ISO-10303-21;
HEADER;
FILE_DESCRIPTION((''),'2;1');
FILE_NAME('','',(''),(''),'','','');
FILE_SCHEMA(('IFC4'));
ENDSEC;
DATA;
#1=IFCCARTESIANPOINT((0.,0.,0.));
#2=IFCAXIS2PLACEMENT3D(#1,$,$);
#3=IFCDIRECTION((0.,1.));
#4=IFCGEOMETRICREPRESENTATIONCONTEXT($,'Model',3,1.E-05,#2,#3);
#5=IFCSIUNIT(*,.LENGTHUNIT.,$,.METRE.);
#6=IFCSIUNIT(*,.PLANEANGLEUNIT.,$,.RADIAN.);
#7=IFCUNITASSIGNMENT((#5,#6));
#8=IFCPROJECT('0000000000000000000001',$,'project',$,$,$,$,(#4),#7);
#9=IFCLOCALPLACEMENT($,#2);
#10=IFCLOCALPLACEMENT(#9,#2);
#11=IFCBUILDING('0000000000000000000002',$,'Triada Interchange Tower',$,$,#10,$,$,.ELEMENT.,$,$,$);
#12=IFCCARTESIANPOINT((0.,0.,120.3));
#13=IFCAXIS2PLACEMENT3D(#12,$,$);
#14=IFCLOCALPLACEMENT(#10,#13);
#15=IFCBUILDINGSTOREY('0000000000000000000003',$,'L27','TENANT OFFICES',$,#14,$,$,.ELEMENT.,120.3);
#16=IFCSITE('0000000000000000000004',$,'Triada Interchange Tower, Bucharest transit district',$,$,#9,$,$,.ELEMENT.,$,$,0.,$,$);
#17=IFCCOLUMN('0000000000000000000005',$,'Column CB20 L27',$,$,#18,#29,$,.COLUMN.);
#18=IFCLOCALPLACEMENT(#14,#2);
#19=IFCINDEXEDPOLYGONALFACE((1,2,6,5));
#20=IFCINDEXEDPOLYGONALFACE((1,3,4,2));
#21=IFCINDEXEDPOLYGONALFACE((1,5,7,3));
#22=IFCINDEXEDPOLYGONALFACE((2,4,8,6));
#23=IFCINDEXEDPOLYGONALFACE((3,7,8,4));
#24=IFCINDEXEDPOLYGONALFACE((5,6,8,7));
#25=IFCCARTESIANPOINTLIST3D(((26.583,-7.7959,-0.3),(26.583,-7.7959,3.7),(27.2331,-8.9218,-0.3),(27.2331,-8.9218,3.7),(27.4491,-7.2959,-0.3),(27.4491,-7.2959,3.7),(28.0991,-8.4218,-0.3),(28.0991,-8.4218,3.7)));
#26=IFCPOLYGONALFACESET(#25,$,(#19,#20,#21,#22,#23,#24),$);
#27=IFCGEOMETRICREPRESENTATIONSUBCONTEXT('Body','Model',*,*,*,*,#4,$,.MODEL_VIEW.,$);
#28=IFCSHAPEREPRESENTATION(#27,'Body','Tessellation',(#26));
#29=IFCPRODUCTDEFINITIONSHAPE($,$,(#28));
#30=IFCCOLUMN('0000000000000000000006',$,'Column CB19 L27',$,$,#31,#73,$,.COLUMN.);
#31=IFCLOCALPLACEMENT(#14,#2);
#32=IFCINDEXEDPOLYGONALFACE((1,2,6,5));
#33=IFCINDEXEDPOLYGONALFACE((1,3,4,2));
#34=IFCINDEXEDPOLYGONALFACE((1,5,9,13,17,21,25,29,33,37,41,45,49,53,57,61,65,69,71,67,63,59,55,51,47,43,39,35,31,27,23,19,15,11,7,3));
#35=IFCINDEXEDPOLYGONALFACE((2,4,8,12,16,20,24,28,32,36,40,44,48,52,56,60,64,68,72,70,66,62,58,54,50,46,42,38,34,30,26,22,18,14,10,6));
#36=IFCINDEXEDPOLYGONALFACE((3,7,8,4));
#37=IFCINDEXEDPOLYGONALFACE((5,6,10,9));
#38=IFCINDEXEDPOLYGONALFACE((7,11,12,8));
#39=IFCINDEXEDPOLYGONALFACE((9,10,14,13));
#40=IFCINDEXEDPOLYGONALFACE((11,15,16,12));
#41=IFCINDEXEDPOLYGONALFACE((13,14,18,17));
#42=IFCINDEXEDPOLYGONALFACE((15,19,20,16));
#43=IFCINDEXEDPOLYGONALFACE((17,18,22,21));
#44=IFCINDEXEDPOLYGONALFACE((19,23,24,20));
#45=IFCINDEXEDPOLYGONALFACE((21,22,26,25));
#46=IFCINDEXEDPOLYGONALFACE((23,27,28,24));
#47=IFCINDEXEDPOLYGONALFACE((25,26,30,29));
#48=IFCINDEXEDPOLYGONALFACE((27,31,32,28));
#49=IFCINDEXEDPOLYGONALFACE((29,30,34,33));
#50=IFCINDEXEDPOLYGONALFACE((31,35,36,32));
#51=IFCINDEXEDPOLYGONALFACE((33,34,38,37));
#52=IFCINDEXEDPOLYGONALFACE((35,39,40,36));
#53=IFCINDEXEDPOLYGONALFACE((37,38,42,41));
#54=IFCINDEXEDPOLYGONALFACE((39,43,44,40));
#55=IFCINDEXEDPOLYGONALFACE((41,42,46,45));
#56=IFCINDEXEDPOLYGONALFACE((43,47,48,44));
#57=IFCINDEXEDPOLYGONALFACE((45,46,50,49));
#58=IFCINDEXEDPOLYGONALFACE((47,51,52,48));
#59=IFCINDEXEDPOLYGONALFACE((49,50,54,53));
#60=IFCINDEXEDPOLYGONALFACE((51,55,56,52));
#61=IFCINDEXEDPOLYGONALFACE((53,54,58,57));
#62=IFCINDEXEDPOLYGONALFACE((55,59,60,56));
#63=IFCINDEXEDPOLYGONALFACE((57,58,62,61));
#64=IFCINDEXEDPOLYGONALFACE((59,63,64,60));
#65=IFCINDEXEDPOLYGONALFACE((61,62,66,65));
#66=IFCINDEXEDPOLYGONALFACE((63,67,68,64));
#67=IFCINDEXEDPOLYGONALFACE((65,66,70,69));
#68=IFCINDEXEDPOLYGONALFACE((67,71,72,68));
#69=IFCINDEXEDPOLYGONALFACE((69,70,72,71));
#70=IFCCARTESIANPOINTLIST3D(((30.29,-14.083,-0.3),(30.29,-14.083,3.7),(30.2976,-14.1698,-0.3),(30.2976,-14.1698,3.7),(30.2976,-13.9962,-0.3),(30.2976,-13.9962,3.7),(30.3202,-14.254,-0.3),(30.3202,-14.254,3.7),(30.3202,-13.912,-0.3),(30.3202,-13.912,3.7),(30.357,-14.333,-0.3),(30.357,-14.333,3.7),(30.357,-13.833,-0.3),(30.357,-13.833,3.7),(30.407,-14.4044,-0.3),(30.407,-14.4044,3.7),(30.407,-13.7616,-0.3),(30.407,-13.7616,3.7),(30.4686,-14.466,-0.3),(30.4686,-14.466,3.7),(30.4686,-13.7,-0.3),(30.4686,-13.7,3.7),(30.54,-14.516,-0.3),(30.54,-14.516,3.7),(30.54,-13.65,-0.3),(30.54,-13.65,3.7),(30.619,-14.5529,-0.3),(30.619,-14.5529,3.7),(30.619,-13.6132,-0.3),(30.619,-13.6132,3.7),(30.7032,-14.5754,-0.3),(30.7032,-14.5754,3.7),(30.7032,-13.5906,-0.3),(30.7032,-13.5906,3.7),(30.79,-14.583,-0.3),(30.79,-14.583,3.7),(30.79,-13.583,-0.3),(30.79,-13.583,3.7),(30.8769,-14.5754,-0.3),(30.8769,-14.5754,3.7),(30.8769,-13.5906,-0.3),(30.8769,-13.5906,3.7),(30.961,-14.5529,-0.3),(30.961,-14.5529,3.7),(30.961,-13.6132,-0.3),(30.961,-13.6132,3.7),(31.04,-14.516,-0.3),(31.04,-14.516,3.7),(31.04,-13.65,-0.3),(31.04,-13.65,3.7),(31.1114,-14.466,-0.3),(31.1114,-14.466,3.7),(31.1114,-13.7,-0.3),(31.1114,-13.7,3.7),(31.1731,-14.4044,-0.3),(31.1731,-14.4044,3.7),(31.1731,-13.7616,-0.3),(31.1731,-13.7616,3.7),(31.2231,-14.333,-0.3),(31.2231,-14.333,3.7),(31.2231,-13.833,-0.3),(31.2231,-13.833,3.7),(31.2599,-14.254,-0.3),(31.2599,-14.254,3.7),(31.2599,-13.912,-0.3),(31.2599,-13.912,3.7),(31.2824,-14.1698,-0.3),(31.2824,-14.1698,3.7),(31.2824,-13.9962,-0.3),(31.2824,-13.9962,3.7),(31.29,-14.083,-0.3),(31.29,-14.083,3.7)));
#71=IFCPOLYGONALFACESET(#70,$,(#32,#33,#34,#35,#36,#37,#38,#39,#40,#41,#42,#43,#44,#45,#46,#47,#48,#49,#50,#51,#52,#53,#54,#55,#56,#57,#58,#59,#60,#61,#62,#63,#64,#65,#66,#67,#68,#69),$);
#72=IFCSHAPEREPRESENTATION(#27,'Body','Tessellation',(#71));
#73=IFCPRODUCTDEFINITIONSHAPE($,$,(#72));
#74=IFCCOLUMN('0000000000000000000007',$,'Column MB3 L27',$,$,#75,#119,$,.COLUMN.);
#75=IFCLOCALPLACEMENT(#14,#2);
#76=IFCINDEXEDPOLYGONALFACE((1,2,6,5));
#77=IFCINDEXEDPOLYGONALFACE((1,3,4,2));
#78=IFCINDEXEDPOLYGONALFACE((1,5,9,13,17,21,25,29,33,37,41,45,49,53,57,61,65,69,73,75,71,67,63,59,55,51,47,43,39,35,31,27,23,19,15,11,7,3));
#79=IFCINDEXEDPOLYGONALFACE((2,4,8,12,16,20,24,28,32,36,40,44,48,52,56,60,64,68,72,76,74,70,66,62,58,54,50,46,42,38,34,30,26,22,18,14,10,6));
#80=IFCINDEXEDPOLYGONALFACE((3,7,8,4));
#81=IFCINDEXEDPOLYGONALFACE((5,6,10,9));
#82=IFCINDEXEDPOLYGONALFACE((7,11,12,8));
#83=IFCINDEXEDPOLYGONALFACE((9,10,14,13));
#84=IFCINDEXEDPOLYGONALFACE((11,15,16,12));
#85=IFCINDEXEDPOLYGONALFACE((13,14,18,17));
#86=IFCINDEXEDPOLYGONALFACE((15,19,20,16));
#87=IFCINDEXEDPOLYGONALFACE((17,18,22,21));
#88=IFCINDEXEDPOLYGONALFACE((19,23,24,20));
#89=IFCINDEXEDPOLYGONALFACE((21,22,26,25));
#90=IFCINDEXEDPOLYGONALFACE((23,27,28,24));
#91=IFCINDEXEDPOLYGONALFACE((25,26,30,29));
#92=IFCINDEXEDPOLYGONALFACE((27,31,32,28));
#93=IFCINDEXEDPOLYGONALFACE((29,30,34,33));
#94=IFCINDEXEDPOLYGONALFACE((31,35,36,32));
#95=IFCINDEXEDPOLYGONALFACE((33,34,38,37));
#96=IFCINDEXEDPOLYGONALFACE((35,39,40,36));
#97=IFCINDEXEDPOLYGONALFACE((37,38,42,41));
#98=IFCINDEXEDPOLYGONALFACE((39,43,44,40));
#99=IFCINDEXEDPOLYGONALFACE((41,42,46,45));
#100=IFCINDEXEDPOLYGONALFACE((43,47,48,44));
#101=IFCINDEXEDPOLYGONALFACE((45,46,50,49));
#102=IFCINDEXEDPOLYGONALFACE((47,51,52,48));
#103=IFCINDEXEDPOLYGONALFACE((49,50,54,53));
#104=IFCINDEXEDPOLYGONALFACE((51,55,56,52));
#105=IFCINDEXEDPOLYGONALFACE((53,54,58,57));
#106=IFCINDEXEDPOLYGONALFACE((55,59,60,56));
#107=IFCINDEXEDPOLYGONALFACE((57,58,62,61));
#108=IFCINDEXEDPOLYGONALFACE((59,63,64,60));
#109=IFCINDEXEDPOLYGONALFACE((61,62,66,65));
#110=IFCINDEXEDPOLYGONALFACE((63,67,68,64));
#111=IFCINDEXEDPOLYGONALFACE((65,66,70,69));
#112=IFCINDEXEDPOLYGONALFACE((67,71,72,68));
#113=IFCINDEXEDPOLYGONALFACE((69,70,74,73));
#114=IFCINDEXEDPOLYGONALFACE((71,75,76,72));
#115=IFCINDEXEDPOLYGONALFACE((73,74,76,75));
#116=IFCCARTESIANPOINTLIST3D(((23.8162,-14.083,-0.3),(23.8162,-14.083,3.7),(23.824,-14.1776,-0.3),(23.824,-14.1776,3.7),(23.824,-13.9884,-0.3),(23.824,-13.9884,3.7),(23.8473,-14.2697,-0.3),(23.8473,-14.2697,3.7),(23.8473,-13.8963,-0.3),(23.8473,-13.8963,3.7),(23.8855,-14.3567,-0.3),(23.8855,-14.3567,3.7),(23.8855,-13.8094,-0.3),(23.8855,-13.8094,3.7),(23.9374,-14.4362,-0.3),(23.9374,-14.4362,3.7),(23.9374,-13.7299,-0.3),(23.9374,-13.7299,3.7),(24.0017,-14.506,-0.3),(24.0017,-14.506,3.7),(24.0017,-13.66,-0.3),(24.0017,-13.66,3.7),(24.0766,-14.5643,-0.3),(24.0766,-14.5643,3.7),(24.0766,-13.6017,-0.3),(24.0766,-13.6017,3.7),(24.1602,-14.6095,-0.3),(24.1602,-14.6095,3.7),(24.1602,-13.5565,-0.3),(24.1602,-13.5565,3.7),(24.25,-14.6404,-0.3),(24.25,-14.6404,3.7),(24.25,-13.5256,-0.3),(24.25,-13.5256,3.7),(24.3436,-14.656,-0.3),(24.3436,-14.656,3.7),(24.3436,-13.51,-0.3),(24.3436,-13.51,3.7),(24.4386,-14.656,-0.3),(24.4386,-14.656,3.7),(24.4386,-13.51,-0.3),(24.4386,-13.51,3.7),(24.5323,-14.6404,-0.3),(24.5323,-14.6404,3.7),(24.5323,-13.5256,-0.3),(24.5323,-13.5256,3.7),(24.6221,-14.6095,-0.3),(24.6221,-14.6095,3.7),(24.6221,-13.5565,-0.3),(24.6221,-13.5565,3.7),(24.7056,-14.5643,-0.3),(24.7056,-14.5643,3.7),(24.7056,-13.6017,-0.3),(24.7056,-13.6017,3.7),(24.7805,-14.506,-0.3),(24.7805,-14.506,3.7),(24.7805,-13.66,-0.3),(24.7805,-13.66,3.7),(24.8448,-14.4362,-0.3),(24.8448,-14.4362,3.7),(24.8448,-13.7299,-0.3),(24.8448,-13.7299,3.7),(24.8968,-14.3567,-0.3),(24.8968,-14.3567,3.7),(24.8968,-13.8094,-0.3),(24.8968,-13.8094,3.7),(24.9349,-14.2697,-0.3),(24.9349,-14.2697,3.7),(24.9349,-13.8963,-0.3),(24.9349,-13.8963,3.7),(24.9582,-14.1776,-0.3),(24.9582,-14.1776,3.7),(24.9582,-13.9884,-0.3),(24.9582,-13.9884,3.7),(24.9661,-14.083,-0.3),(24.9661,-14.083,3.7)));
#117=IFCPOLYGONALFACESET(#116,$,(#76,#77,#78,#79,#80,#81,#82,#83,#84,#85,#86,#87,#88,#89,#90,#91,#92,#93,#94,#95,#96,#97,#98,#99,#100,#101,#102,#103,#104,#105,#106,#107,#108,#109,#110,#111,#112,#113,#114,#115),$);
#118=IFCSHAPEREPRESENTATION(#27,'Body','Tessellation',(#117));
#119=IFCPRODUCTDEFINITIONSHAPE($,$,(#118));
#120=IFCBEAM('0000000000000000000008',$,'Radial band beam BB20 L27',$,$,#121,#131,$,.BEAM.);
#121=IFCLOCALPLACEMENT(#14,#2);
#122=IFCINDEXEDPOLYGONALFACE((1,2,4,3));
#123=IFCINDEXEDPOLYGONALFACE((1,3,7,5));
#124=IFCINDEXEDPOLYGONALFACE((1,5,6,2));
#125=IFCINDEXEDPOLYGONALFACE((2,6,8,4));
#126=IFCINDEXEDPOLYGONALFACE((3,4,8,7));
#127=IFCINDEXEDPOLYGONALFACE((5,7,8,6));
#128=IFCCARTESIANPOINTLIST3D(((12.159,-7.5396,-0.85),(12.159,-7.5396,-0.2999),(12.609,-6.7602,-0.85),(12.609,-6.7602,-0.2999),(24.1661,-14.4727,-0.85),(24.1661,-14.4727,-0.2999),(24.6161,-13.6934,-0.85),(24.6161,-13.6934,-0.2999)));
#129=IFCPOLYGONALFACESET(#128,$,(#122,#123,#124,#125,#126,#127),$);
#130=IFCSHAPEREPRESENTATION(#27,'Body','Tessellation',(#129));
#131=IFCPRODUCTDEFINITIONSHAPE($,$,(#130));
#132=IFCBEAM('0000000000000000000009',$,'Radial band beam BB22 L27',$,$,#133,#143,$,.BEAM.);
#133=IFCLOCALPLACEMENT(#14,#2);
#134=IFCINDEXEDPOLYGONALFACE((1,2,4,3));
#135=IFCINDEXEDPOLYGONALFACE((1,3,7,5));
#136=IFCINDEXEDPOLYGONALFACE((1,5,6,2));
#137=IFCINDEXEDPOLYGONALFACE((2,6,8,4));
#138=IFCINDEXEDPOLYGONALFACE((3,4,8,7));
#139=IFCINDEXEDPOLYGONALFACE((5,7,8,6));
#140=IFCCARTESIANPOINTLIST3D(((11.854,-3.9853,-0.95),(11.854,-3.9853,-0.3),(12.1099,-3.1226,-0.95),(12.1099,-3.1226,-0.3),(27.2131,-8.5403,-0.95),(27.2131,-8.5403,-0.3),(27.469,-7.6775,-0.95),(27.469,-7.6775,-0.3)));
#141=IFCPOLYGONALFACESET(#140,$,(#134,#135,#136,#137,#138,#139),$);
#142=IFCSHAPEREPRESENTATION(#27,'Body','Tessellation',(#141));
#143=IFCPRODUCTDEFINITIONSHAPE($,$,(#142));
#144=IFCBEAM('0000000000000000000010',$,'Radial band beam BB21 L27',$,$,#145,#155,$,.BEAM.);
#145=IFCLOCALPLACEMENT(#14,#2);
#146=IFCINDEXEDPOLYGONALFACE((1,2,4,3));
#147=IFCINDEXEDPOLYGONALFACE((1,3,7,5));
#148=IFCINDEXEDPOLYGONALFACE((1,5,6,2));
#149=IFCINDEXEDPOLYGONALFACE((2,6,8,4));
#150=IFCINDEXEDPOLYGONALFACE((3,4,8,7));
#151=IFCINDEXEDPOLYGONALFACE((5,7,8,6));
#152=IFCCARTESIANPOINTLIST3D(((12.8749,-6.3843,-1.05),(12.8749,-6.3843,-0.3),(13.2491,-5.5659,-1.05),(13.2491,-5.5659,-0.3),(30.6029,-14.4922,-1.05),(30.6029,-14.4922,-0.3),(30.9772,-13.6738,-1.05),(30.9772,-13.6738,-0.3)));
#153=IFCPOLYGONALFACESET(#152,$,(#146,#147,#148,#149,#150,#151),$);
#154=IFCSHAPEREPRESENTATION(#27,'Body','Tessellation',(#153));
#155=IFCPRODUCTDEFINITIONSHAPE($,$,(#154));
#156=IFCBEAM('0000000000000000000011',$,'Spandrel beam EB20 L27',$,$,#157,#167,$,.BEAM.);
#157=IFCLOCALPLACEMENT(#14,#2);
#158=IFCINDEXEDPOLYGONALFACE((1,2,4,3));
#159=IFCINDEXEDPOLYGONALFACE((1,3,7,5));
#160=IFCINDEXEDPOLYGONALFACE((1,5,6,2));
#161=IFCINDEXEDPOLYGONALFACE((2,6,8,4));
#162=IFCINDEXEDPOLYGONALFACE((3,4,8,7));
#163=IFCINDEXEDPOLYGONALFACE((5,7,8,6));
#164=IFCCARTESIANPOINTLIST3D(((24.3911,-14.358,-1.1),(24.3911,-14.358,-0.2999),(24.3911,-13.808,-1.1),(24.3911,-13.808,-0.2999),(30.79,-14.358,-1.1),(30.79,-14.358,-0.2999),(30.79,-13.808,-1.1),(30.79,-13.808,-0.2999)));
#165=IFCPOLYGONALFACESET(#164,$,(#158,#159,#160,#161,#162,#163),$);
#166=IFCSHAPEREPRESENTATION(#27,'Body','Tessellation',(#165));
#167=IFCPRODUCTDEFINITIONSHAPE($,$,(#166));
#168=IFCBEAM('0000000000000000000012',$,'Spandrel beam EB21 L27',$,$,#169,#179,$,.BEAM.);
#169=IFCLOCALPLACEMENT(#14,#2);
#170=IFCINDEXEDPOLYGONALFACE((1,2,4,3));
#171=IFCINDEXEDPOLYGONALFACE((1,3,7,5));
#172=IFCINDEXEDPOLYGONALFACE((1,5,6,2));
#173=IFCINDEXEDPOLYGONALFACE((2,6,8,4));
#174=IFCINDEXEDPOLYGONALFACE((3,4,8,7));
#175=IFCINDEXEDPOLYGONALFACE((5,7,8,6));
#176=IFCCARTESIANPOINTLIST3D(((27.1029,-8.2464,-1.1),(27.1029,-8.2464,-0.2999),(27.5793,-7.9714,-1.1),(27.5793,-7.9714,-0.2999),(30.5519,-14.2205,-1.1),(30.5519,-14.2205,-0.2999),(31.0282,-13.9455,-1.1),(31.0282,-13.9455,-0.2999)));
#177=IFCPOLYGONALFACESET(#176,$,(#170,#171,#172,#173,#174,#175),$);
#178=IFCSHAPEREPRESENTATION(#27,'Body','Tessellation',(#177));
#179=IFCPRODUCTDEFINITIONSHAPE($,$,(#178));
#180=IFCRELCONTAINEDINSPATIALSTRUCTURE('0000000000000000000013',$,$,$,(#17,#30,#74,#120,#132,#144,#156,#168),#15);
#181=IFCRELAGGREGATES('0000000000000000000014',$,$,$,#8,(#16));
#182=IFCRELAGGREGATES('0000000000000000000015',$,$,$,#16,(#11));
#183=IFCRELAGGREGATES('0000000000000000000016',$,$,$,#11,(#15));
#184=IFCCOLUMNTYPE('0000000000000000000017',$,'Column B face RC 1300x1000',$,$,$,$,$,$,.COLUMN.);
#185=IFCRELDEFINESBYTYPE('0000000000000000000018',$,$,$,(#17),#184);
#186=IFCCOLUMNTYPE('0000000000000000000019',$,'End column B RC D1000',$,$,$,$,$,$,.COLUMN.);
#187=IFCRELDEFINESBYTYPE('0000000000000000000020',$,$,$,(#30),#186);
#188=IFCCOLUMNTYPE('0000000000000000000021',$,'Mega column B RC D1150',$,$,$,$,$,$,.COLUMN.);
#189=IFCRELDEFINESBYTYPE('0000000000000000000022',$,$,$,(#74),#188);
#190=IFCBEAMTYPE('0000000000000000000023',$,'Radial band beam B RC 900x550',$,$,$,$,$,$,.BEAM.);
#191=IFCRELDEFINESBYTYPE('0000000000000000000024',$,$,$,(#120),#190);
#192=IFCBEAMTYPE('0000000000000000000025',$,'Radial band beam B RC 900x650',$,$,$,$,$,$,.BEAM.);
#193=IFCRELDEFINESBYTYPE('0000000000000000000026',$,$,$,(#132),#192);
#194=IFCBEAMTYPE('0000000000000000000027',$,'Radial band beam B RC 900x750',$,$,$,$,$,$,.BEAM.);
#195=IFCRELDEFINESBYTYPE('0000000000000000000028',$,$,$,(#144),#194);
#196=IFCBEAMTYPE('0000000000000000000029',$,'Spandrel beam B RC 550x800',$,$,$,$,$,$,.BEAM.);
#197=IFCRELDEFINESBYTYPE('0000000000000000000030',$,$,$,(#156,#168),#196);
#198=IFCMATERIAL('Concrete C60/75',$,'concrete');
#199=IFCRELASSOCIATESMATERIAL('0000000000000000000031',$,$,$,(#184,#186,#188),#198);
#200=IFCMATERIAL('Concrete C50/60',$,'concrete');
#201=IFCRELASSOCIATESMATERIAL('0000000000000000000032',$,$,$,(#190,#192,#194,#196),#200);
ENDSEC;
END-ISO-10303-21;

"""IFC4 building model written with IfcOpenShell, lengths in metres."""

from ifc_helpers import new_model, si_unit, direction, frame, origin, origin_2d, place, context, subcontext, project, spatial, rectangle, circle, extrude, material, material_profile, profile_set, type_object, element, save


model = new_model("IFC4")

# Units and contexts
model_context = context("Model", 3, precision=1e-05, world=origin(), true_north=direction((0.0, 1.0)))
body_context = subcontext(model_context, "Body", "Model", "MODEL_VIEW")
ifc_project = project(units=[si_unit("LENGTHUNIT", "METRE"), si_unit("PLANEANGLEUNIT", "RADIAN")], contexts=[model_context])

# Site, building, storey
site_placement = place(None, origin())
site = spatial("IfcSite", under=ifc_project, at=site_placement, Name="Triada Interchange Tower, Bucharest transit district", CompositionType="ELEMENT", RefElevation=0.0)
building_placement = place(site_placement, origin())
building = spatial("IfcBuilding", under=site, at=building_placement, Name="Triada Interchange Tower", CompositionType="ELEMENT")
storey_placement = place(building_placement, frame((0.0, 0.0, 120.3)))
storey = spatial("IfcBuildingStorey", under=building, at=storey_placement, Name="L27", Description="TENANT OFFICES", CompositionType="ELEMENT", Elevation=120.3)

# Columns
ifc_material_1 = material(Name="Concrete C60/75", Category="concrete")
ifc_material_profile_1 = material_profile(ifc_material_1, rectangle(XDim=1.3, YDim=1.0, at=origin_2d()), Name="RC 1300x1000")
ifc_profile_set_1 = profile_set([ifc_material_profile_1], Name="Concrete C60/75")
column_type_1 = type_object("IfcColumnType", Name="Column B face RC 1300x1000", PredefinedType="COLUMN", material=ifc_profile_set_1)
column_1_placement = place(storey_placement, frame((27.3411, -8.1089, -0.3), z_axis=(0.0, 0.0, 1.0), x_axis=(-0.5, 0.866025, 0.0)))
element("IfcColumn", 1, at=column_1_placement, inside=storey, type_object=column_type_1, Name="Column CB20 L27", PredefinedType="COLUMN", context=body_context, shape_type="SweptSolid", body=[
    extrude(rectangle(XDim=1.3, YDim=1.0, at=origin_2d()), origin(), (0.0, 0.0, 1.0), 4.0),
])
ifc_material_profile_2 = material_profile(ifc_material_1, circle(Radius=0.5, at=origin_2d()), Name="RC D1000")
ifc_profile_set_2 = profile_set([ifc_material_profile_2], Name="Concrete C60/75")
column_type_2 = type_object("IfcColumnType", Name="End column B RC D1000", PredefinedType="COLUMN", material=ifc_profile_set_2)
column_2_placement = place(storey_placement, frame((30.79, -14.083, -0.3), z_axis=(0.0, 0.0, 1.0), x_axis=(-0.5, 0.866025, 0.0)))
element("IfcColumn", 2, at=column_2_placement, inside=storey, type_object=column_type_2, Name="Column CB19 L27", PredefinedType="COLUMN", context=body_context, shape_type="SweptSolid", body=[
    extrude(circle(Radius=0.5, at=origin_2d()), origin(), (0.0, 0.0, 1.0), 4.0),
])
ifc_material_profile_3 = material_profile(ifc_material_1, circle(Radius=0.575, at=origin_2d()), Name="RC D1150")
ifc_profile_set_3 = profile_set([ifc_material_profile_3], Name="Concrete C60/75")
column_type_3 = type_object("IfcColumnType", Name="Mega column B RC D1150", PredefinedType="COLUMN", material=ifc_profile_set_3)
column_3_placement = place(storey_placement, frame((24.3911, -14.083, -0.3), z_axis=(0.0, 0.0, 1.0), x_axis=(1.0, 0.0, 0.0)))
element("IfcColumn", 3, at=column_3_placement, inside=storey, type_object=column_type_3, Name="Column MB3 L27", PredefinedType="COLUMN", context=body_context, shape_type="SweptSolid", body=[
    extrude(circle(Radius=0.575, at=origin_2d()), origin(), (0.0, 0.0, 1.0), 4.0),
])

# Beams
ifc_material_2 = material(Name="Concrete C50/60", Category="concrete")
ifc_material_profile_4 = material_profile(ifc_material_2, rectangle(XDim=0.8999, YDim=0.55, at=origin_2d()), Name="RC 900x550")
ifc_profile_set_4 = profile_set([ifc_material_profile_4], Name="Concrete C50/60")
beam_type_1 = type_object("IfcBeamType", Name="Radial band beam B RC 900x550", PredefinedType="BEAM", material=ifc_profile_set_4)
beam_1_placement = place(storey_placement, frame((24.3911, -14.083, -0.575), z_axis=(-0.866, 0.500044, 0.0), x_axis=(-0.500044, -0.866, 0.0)))
element("IfcBeam", 4, at=beam_1_placement, inside=storey, type_object=beam_type_1, Name="Radial band beam BB20 L27", PredefinedType="BEAM", context=body_context, shape_type="SweptSolid", body=[
    extrude(rectangle(XDim=0.8999, YDim=0.55, at=origin_2d()), origin(), (0.0, 0.0, 1.0), 13.865),
])
ifc_material_profile_5 = material_profile(ifc_material_2, rectangle(XDim=0.8999, YDim=0.6499, at=origin_2d()), Name="RC 900x650")
ifc_profile_set_5 = profile_set([ifc_material_profile_5], Name="Concrete C50/60")
beam_type_2 = type_object("IfcBeamType", Name="Radial band beam B RC 900x650", PredefinedType="BEAM", material=ifc_profile_set_5)
beam_2_placement = place(storey_placement, frame((27.3411, -8.1089, -0.625), z_axis=(-0.958729, 0.284322, 0.0), x_axis=(-0.284322, -0.958729, 0.0)))
element("IfcBeam", 5, at=beam_2_placement, inside=storey, type_object=beam_type_2, Name="Radial band beam BB22 L27", PredefinedType="BEAM", context=body_context, shape_type="SweptSolid", body=[
    extrude(rectangle(XDim=0.8999, YDim=0.6499, at=origin_2d()), origin(), (0.0, 0.0, 1.0), 16.0203),
])
ifc_material_profile_6 = material_profile(ifc_material_2, rectangle(XDim=0.8999, YDim=0.75, at=origin_2d()), Name="RC 900x750")
ifc_profile_set_6 = profile_set([ifc_material_profile_6], Name="Concrete C50/60")
beam_type_3 = type_object("IfcBeamType", Name="Radial band beam B RC 900x750", PredefinedType="BEAM", material=ifc_profile_set_6)
beam_3_placement = place(storey_placement, frame((30.79, -14.083, -0.675), z_axis=(-0.909403, 0.415915, 0.0), x_axis=(-0.415915, -0.909403, 0.0)))
element("IfcBeam", 6, at=beam_3_placement, inside=storey, type_object=beam_type_3, Name="Radial band beam BB21 L27", PredefinedType="BEAM", context=body_context, shape_type="SweptSolid", body=[
    extrude(rectangle(XDim=0.8999, YDim=0.75, at=origin_2d()), origin(), (0.0, 0.0, 1.0), 19.4941),
])
ifc_material_profile_7 = material_profile(ifc_material_2, rectangle(XDim=0.55, YDim=0.8, at=origin_2d()), Name="RC 550x800")
ifc_profile_set_7 = profile_set([ifc_material_profile_7], Name="Concrete C50/60")
beam_type_4 = type_object("IfcBeamType", Name="Spandrel beam B RC 550x800", PredefinedType="BEAM", material=ifc_profile_set_7)
beam_4_placement = place(storey_placement, frame((24.3911, -14.083, -0.7), z_axis=(1.0, 0.0, 0.0), x_axis=(0.0, 1.0, 0.0)))
element("IfcBeam", 7, at=beam_4_placement, inside=storey, type_object=beam_type_4, Name="Spandrel beam EB20 L27", PredefinedType="BEAM", context=body_context, shape_type="SweptSolid", body=[
    extrude(rectangle(XDim=0.55, YDim=0.8, at=origin_2d()), origin(), (0.0, 0.0, 1.0), 6.3989),
])
beam_5_placement = place(storey_placement, frame((30.79, -14.083, -0.7), z_axis=(-0.49998, 0.866037, 0.0), x_axis=(-0.866037, -0.49998, 0.0)))
element("IfcBeam", 8, at=beam_5_placement, inside=storey, type_object=beam_type_4, Name="Spandrel beam EB21 L27", PredefinedType="BEAM", context=body_context, shape_type="SweptSolid", body=[
    extrude(rectangle(XDim=0.55, YDim=0.8, at=origin_2d()), origin(), (0.0, 0.0, 1.0), 6.8982),
])

save(model, "model.ifc")
